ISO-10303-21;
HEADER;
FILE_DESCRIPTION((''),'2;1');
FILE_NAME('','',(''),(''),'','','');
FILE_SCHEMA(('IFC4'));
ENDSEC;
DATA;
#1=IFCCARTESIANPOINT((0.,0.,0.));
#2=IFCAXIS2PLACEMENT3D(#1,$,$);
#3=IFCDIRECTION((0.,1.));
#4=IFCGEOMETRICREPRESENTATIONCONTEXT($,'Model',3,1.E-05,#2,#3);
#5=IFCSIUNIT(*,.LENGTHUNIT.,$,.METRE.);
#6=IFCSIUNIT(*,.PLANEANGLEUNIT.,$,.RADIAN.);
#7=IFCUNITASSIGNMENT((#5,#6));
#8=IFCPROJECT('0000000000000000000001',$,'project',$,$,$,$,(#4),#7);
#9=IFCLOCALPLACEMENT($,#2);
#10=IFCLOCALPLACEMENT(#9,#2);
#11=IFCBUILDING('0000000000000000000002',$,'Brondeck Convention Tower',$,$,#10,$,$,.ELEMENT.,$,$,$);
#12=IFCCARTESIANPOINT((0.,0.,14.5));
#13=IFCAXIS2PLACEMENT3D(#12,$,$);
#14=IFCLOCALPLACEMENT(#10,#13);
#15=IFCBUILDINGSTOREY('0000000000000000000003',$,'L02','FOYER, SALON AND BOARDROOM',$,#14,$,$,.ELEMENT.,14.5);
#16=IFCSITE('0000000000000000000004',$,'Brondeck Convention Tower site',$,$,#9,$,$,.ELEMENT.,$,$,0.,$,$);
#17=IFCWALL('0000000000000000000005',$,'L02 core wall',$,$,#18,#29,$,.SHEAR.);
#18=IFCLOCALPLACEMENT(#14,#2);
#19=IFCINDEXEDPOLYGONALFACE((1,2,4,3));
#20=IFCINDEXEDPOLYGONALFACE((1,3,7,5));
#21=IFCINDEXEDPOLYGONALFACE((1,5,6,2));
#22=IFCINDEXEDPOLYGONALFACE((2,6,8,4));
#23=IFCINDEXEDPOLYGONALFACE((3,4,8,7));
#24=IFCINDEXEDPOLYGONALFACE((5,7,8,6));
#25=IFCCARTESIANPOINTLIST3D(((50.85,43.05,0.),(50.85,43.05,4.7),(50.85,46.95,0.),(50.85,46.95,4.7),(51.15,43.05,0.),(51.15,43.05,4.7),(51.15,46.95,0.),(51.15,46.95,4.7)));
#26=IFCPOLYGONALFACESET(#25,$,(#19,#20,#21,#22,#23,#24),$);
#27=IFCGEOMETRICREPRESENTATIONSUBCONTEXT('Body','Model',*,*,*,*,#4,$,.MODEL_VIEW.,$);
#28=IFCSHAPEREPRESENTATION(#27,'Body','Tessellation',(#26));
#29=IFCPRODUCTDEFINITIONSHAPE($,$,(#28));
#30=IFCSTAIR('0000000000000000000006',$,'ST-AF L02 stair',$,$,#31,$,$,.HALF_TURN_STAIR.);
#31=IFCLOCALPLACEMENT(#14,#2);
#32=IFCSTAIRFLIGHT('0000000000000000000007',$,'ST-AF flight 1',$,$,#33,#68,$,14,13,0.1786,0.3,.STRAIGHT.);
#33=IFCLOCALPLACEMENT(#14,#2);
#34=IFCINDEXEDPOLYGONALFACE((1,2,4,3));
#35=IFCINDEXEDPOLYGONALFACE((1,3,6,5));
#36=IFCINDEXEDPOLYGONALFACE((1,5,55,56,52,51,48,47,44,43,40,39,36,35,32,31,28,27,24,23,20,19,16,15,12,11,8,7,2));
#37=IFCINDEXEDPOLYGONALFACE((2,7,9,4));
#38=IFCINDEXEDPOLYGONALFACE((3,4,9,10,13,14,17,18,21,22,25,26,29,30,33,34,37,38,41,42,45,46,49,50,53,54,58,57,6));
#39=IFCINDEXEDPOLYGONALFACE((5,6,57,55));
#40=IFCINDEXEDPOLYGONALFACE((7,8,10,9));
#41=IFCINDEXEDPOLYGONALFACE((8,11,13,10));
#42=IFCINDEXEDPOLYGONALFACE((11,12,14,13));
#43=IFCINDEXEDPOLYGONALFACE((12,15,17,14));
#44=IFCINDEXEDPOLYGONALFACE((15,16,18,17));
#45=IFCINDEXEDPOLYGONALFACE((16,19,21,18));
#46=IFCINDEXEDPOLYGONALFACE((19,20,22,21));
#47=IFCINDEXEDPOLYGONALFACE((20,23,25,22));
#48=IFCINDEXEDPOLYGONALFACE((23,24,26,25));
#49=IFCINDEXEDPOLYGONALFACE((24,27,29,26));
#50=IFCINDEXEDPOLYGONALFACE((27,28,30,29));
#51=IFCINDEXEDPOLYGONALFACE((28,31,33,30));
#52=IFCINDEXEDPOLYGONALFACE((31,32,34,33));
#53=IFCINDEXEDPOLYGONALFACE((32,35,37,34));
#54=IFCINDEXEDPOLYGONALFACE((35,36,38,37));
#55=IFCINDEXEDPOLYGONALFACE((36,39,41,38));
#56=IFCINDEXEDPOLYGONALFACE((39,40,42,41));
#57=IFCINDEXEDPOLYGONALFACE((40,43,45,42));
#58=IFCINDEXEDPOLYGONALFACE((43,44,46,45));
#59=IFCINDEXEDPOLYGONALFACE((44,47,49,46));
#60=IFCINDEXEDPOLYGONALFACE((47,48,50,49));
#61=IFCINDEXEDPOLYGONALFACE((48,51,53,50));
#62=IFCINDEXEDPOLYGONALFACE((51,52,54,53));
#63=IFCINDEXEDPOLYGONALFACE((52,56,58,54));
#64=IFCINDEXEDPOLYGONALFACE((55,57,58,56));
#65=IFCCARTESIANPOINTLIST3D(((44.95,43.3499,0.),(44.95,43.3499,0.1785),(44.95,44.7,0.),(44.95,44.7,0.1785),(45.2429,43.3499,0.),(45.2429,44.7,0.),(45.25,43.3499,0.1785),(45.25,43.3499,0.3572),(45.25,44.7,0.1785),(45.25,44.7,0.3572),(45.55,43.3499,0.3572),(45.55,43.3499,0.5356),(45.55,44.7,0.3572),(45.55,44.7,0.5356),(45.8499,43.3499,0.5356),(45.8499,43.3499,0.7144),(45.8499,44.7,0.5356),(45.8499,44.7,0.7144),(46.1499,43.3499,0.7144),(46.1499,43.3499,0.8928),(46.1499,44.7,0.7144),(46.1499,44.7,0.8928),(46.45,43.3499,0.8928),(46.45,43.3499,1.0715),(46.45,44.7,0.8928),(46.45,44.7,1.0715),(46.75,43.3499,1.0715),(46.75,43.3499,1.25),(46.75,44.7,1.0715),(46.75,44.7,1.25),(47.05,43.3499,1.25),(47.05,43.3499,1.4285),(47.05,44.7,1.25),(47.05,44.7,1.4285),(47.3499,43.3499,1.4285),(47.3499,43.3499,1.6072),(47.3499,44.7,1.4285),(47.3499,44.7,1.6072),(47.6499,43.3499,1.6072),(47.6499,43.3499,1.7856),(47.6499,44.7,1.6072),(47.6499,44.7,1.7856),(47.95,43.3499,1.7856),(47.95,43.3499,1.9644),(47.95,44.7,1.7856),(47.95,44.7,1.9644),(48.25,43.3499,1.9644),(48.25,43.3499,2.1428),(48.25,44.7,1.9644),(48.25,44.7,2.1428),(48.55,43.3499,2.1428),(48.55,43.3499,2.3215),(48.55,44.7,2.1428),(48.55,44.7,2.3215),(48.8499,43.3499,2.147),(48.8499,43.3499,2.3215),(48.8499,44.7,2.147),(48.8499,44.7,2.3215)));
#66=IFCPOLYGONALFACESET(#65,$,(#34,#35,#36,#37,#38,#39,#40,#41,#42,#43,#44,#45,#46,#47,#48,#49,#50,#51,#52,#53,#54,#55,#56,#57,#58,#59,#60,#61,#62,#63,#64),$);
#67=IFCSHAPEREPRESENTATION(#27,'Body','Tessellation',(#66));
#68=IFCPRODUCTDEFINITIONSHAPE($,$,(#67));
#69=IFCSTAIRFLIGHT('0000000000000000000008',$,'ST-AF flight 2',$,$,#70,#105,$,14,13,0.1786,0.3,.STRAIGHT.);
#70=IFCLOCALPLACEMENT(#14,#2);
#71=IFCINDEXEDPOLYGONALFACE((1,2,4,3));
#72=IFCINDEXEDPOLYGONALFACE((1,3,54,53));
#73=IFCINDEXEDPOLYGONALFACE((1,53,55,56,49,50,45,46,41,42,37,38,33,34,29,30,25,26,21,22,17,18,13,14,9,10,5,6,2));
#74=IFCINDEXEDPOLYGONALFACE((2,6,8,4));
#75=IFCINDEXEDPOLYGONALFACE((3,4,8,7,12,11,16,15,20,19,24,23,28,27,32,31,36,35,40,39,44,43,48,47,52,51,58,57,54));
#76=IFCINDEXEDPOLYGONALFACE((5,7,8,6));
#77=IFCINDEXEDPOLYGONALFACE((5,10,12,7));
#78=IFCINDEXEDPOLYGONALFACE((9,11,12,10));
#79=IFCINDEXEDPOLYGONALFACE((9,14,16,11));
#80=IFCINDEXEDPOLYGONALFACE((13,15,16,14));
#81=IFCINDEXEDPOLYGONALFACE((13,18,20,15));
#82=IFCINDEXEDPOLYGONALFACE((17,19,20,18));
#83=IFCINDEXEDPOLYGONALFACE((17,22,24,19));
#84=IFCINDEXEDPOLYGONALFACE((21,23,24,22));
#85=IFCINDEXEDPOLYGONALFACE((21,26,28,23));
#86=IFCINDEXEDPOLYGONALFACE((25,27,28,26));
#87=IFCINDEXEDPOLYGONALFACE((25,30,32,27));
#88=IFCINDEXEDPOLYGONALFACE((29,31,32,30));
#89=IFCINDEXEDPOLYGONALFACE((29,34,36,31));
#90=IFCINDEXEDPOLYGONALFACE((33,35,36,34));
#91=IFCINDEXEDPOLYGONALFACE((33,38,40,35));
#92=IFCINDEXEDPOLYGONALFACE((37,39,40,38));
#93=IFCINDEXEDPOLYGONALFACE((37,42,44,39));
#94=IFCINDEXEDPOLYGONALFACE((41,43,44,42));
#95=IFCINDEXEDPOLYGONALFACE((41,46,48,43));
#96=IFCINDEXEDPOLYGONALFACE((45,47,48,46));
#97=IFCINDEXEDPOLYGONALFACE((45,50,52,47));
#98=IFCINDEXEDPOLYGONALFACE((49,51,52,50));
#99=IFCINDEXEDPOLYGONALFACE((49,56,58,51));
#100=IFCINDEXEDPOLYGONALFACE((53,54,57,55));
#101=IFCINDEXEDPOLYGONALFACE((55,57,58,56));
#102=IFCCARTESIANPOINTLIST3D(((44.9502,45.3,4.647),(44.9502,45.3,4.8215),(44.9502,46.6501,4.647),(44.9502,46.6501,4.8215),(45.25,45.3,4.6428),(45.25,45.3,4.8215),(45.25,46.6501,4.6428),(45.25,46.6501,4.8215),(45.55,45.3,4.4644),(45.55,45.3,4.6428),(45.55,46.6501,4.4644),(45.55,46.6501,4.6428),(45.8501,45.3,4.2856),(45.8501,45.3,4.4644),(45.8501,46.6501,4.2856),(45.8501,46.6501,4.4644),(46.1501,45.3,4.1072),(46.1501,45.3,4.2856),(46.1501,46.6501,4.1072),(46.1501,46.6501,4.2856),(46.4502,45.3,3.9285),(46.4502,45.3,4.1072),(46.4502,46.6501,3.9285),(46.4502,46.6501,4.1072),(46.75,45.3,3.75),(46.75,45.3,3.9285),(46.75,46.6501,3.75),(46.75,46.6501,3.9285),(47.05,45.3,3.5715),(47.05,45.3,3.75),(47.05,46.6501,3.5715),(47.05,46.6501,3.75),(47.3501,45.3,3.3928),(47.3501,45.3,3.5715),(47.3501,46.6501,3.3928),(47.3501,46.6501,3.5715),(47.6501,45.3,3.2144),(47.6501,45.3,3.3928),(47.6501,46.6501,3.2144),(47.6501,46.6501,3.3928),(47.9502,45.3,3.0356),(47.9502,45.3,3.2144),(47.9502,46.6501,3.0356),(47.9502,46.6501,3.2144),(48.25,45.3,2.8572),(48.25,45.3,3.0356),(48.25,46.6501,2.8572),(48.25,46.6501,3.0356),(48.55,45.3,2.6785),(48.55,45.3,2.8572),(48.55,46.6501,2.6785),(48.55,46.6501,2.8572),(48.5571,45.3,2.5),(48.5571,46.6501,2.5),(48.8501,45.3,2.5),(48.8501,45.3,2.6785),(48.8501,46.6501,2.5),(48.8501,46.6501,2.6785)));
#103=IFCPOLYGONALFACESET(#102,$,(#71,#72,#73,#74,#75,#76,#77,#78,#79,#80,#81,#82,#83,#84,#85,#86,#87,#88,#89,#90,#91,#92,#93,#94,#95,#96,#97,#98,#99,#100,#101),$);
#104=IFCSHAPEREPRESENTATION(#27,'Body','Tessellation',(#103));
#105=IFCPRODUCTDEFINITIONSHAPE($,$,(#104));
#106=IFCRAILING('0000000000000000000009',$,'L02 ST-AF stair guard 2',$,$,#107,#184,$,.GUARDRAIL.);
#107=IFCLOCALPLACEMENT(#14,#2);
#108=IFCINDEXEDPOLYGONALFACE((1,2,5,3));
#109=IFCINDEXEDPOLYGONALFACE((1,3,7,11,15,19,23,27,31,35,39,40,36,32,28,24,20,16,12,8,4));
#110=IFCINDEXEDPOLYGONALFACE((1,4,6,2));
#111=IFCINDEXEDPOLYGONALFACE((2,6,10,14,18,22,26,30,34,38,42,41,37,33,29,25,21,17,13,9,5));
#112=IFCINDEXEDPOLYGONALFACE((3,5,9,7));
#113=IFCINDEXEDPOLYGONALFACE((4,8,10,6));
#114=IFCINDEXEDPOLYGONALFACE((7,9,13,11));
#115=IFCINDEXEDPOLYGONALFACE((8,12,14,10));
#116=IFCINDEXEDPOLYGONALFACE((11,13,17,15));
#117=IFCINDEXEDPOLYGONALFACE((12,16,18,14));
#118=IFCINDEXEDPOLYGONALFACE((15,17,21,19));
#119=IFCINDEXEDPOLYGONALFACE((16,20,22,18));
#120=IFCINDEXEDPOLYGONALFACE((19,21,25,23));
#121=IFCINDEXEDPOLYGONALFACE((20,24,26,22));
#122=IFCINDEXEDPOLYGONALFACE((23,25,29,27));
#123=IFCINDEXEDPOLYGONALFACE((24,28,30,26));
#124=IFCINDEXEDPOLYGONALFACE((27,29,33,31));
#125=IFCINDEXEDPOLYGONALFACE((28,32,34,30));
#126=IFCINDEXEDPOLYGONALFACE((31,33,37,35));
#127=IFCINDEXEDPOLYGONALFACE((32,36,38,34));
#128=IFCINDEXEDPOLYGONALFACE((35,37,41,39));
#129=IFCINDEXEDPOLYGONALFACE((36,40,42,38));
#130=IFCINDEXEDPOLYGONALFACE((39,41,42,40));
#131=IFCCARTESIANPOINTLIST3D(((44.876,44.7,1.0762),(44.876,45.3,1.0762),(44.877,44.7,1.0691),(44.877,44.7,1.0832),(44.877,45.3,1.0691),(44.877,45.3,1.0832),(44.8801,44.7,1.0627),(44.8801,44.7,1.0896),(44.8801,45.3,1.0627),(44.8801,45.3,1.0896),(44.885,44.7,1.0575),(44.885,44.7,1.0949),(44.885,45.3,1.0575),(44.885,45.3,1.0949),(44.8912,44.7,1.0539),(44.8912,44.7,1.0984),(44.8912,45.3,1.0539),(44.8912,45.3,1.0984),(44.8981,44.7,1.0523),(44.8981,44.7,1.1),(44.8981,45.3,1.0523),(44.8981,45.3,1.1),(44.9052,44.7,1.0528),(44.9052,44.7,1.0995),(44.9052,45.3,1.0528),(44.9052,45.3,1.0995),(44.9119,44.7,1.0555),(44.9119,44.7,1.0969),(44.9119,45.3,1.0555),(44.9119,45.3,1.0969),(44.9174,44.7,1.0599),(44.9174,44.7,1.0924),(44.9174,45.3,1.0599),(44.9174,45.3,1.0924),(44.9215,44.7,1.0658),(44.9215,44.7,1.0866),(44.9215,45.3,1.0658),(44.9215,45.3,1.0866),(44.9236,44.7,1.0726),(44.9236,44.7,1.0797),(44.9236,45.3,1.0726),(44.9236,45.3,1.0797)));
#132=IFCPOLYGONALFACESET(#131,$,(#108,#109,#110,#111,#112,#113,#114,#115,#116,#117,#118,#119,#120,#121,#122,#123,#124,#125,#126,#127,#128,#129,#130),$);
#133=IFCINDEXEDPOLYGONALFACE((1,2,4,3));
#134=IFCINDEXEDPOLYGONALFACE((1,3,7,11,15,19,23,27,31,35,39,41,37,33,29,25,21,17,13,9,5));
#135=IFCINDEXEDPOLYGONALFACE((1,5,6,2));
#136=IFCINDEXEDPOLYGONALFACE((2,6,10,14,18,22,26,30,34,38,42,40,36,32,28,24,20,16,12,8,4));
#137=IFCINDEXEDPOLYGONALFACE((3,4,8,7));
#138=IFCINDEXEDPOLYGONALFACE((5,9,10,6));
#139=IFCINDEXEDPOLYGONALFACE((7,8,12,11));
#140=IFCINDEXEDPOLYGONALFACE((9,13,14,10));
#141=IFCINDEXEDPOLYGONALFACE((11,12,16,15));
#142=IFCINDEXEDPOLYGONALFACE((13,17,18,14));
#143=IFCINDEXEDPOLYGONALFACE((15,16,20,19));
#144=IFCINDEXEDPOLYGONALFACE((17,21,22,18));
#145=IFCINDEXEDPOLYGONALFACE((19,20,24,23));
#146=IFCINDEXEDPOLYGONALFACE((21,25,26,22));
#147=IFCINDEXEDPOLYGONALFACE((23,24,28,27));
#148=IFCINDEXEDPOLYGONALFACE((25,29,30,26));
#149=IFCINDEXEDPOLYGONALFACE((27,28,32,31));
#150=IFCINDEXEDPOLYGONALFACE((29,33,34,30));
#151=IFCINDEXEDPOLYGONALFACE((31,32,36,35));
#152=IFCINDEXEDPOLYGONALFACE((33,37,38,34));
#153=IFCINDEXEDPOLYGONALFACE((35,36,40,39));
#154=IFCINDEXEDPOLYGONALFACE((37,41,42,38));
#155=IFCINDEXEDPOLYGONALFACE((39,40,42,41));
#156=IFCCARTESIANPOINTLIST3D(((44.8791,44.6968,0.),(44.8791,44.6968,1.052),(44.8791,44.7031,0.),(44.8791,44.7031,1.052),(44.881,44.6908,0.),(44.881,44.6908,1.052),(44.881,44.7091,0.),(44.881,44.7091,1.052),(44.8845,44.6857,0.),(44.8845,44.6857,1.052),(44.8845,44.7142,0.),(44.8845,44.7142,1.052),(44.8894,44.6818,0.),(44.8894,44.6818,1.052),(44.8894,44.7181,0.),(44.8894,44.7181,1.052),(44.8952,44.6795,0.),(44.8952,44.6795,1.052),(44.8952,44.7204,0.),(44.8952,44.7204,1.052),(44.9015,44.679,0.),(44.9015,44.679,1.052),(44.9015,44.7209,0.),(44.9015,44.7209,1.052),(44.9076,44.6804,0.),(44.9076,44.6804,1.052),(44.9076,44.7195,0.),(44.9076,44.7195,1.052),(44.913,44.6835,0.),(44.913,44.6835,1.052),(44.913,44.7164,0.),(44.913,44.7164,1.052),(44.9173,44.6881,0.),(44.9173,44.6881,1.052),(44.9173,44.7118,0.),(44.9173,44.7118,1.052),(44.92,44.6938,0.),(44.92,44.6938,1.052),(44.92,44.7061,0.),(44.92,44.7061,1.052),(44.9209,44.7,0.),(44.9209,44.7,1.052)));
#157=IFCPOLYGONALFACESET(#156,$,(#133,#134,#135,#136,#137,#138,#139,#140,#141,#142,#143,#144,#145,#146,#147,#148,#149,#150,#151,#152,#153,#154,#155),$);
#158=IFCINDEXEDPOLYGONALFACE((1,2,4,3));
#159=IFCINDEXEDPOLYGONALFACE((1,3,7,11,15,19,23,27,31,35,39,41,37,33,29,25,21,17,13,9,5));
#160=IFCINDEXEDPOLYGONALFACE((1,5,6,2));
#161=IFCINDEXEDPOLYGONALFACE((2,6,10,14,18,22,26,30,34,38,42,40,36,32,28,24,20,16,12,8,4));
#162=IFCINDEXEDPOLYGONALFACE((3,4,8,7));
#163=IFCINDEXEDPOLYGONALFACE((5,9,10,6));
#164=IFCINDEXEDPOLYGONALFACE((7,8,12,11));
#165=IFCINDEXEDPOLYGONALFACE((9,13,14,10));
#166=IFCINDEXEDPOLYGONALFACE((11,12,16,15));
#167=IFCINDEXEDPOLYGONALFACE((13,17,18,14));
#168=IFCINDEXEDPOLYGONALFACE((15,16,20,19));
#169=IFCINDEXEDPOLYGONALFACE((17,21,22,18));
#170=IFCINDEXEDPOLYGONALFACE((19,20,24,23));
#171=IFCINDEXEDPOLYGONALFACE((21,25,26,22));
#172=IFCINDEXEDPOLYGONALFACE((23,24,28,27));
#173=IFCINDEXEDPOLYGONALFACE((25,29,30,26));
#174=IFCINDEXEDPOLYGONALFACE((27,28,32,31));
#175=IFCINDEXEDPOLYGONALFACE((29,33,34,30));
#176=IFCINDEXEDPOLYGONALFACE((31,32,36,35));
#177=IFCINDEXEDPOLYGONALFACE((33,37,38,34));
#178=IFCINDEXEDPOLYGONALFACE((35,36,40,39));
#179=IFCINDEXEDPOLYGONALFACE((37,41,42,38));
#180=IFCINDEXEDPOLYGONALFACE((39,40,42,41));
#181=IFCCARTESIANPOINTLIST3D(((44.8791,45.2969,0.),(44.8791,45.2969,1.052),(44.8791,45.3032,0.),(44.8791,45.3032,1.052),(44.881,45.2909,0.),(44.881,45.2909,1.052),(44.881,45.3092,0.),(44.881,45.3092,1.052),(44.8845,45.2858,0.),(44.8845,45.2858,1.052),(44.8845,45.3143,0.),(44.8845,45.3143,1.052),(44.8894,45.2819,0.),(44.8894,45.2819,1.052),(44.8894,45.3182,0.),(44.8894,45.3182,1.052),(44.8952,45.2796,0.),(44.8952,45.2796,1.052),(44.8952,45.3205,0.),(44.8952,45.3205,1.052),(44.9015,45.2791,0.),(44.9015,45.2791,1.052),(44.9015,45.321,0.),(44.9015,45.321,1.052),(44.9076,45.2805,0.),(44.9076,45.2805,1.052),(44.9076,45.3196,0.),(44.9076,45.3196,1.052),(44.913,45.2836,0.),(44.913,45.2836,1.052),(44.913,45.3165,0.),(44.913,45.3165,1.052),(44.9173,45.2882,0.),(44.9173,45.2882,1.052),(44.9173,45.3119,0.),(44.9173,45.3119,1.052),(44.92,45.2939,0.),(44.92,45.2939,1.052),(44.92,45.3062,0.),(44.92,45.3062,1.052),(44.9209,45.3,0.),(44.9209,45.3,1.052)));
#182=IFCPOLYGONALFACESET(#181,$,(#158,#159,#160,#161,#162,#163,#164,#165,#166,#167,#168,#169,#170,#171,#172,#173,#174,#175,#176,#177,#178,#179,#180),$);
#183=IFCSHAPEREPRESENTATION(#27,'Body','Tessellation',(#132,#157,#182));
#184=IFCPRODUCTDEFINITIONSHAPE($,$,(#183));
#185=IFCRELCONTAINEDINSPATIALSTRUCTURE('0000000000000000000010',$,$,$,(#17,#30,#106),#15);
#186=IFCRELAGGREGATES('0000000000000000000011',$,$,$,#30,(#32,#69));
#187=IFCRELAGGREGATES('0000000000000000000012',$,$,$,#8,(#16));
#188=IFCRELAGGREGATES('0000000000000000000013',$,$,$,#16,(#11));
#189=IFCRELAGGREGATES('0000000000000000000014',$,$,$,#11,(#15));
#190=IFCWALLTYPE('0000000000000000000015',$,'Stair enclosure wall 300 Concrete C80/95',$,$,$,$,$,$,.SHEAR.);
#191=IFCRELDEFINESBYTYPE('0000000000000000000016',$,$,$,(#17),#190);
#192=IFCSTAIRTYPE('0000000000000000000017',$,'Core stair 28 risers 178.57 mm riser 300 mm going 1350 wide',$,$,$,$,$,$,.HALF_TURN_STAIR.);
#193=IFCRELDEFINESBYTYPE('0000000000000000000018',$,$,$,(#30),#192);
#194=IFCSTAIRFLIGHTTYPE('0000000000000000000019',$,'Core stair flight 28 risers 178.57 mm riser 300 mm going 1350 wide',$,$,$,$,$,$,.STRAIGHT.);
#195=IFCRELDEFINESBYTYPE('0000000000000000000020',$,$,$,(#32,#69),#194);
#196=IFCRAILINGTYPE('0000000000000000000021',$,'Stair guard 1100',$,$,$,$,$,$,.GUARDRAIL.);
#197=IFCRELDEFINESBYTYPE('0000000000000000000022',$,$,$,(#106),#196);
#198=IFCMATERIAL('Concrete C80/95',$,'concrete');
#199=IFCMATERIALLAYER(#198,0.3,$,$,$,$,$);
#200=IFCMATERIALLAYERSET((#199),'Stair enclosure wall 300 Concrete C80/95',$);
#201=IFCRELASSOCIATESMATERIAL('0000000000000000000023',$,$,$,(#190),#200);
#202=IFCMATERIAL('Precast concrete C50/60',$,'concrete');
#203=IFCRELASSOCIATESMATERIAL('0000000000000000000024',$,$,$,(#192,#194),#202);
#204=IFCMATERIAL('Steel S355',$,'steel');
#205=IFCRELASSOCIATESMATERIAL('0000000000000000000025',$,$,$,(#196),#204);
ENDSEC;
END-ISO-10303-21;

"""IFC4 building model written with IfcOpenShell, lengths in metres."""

from ifc_helpers import new_model, si_unit, direction, frame, frame_2d, origin, origin_2d, place, context, subcontext, project, spatial, polyline, rectangle, circle, outline, extrude, material, layer, layer_set, type_object, element, aggregate, save


model = new_model("IFC4")

# Units and contexts
model_context = context("Model", 3, precision=1e-05, world=origin(), true_north=direction((0.0, 1.0)))
body_context = subcontext(model_context, "Body", "Model", "MODEL_VIEW")
ifc_project = project(units=[si_unit("LENGTHUNIT", "METRE"), si_unit("PLANEANGLEUNIT", "RADIAN")], contexts=[model_context])

# Site, building, storey
site_placement = place(None, origin())
site = spatial("IfcSite", under=ifc_project, at=site_placement, Name="Brondeck Convention Tower site", CompositionType="ELEMENT", RefElevation=0.0)
building_placement = place(site_placement, origin())
building = spatial("IfcBuilding", under=site, at=building_placement, Name="Brondeck Convention Tower", CompositionType="ELEMENT")
storey_placement = place(building_placement, frame((0.0, 0.0, 14.5)))
storey = spatial("IfcBuildingStorey", under=building, at=storey_placement, Name="L02", Description="FOYER, SALON AND BOARDROOM", CompositionType="ELEMENT", Elevation=14.5)

# Shared definitions
ifc_material_1 = material(Name="Steel S355", Category="steel")

# Shared definitions
ifc_material_2 = material(Name="Concrete C80/95", Category="concrete")
ifc_layer_1 = layer(ifc_material_2, 0.3)
ifc_layer_set_1 = layer_set([ifc_layer_1], Name="Stair enclosure wall 300 Concrete C80/95")
wall_type_1 = type_object("IfcWallType", Name="Stair enclosure wall 300 Concrete C80/95", PredefinedType="SHEAR", material=ifc_layer_set_1)

# Wall
for number, where, z_axis, x_axis, name in (
    (1, (51.0, 43.05, 0.0), (0.0, 0.0, 1.0), (0.0, 1.0, 0.0), "L02 core wall"),
):
    element("IfcWall", number, at=place(storey_placement, frame(where, z_axis=z_axis, x_axis=x_axis)), inside=storey, type_object=wall_type_1, Name=name, PredefinedType="SHEAR", context=body_context, shape_type="SweptSolid", body=[
        extrude(rectangle(XDim=3.8999, YDim=0.3, at=frame_2d((1.95, 0.0))), origin(), (0.0, 0.0, 1.0), 4.7),
    ])

# Stair, stair flights
ifc_material_3 = material(Name="Precast concrete C50/60", Category="concrete")
stair_type = type_object("IfcStairType", Name="Core stair 28 risers 178.57 mm riser 300 mm going 1350 wide", PredefinedType="HALF_TURN_STAIR", material=ifc_material_3)
stair_placement = place(storey_placement, origin())
stair = element("IfcStair", 2, at=stair_placement, inside=storey, type_object=stair_type, Name="ST-AF L02 stair", PredefinedType="HALF_TURN_STAIR")
stair_flight_type = type_object("IfcStairFlightType", Name="Core stair flight 28 risers 178.57 mm riser 300 mm going 1350 wide", PredefinedType="STRAIGHT", material=ifc_material_3)
stair_flight_1_placement = place(storey_placement, frame((44.95, 44.0249, 0.0), z_axis=(0.0, 0.0, 1.0), x_axis=(1.0, 0.0, 0.0)))
stair_flight_1 = element("IfcStairFlight", 3, at=stair_flight_1_placement, type_object=stair_flight_type, Name="ST-AF flight 1", NumberOfRisers=14, NumberOfTreads=13, PredefinedType="STRAIGHT", RiserHeight=0.1786, TreadLength=0.3, context=body_context, shape_type="SweptSolid", body=[
    extrude(outline(polyline([(0.0, 0.0), (0.0, 0.1785), (0.3, 0.1785), (0.3, 0.3572), (0.6001, 0.3572), (0.6001, 0.5356), (0.8999, 0.5356), (0.8999, 0.7144), (1.2, 0.7144), (1.2, 0.8928), (1.5, 0.8928), (1.5, 1.0715), (1.8, 1.0715), (1.8, 1.25), (2.1001, 1.25), (2.1001, 1.4285), (2.3999, 1.4285), (2.3999, 1.6072), (2.7, 1.6072), (2.7, 1.7856), (3.0, 1.7856), (3.0, 1.9644), (3.3, 1.9644), (3.3, 2.1428), (3.6001, 2.1428), (3.6001, 2.3215), (3.8999, 2.3215), (3.8999, 2.5), (3.8999, 2.147), (0.293, 0.0), (0.0, 0.0)])), frame((0.0, 0.675, 0.0), z_axis=(0.0, -1.0, 0.0), x_axis=(1.0, 0.0, 0.0)), (0.0, 0.0, 1.0), 1.3501),
])
stair_flight_2_placement = place(storey_placement, frame((48.8501, 45.9751, 2.5), z_axis=(0.0, 0.0, 1.0), x_axis=(-1.0, 0.0, 0.0)))
stair_flight_2 = element("IfcStairFlight", 4, at=stair_flight_2_placement, type_object=stair_flight_type, Name="ST-AF flight 2", NumberOfRisers=14, NumberOfTreads=13, PredefinedType="STRAIGHT", RiserHeight=0.1786, TreadLength=0.3, context=body_context, shape_type="SweptSolid", body=[
    extrude(outline(polyline([(0.0, 0.0), (0.0, 0.1785), (0.3, 0.1785), (0.3, 0.3572), (0.6001, 0.3572), (0.6001, 0.5356), (0.8999, 0.5356), (0.8999, 0.7144), (1.2, 0.7144), (1.2, 0.8928), (1.5, 0.8928), (1.5, 1.0715), (1.8, 1.0715), (1.8, 1.25), (2.1001, 1.25), (2.1001, 1.4285), (2.3999, 1.4285), (2.3999, 1.6072), (2.7, 1.6072), (2.7, 1.7856), (3.0, 1.7856), (3.0, 1.9644), (3.3, 1.9644), (3.3, 2.1428), (3.6001, 2.1428), (3.6001, 2.3215), (3.8999, 2.3215), (3.8999, 2.5), (3.8999, 2.147), (0.293, 0.0), (0.0, 0.0)])), frame((0.0, 0.675, 0.0), z_axis=(0.0, -1.0, 0.0), x_axis=(1.0, 0.0, 0.0)), (0.0, 0.0, 1.0), 1.3501),
])
aggregate(stair, [stair_flight_1, stair_flight_2])

# Railing
railing_type_1 = type_object("IfcRailingType", Name="Stair guard 1100", PredefinedType="GUARDRAIL", material=ifc_material_1)
railing_1_placement = place(storey_placement, frame((44.8999, 44.7, 0.0)))
element("IfcRailing", 5, at=railing_1_placement, inside=storey, type_object=railing_type_1, Name="L02 ST-AF stair guard 2", PredefinedType="GUARDRAIL", context=body_context, shape_type="SweptSolid", body=[
    extrude(circle(Radius=0.0239, at=origin_2d()), frame((0.0, 0.0, 1.0762), z_axis=(0.0, 1.0, 0.0), x_axis=(-1.0, 0.0, 0.0)), (0.0, 0.0, 1.0), 0.6001),
    extrude(circle(Radius=0.021, at=origin_2d()), origin(), (0.0, 0.0, 1.0), 1.052),
    extrude(circle(Radius=0.021, at=origin_2d()), frame((0.0, 0.6001, 0.0)), (0.0, 0.0, 1.0), 1.052),
])

save(model, "model.ifc")
